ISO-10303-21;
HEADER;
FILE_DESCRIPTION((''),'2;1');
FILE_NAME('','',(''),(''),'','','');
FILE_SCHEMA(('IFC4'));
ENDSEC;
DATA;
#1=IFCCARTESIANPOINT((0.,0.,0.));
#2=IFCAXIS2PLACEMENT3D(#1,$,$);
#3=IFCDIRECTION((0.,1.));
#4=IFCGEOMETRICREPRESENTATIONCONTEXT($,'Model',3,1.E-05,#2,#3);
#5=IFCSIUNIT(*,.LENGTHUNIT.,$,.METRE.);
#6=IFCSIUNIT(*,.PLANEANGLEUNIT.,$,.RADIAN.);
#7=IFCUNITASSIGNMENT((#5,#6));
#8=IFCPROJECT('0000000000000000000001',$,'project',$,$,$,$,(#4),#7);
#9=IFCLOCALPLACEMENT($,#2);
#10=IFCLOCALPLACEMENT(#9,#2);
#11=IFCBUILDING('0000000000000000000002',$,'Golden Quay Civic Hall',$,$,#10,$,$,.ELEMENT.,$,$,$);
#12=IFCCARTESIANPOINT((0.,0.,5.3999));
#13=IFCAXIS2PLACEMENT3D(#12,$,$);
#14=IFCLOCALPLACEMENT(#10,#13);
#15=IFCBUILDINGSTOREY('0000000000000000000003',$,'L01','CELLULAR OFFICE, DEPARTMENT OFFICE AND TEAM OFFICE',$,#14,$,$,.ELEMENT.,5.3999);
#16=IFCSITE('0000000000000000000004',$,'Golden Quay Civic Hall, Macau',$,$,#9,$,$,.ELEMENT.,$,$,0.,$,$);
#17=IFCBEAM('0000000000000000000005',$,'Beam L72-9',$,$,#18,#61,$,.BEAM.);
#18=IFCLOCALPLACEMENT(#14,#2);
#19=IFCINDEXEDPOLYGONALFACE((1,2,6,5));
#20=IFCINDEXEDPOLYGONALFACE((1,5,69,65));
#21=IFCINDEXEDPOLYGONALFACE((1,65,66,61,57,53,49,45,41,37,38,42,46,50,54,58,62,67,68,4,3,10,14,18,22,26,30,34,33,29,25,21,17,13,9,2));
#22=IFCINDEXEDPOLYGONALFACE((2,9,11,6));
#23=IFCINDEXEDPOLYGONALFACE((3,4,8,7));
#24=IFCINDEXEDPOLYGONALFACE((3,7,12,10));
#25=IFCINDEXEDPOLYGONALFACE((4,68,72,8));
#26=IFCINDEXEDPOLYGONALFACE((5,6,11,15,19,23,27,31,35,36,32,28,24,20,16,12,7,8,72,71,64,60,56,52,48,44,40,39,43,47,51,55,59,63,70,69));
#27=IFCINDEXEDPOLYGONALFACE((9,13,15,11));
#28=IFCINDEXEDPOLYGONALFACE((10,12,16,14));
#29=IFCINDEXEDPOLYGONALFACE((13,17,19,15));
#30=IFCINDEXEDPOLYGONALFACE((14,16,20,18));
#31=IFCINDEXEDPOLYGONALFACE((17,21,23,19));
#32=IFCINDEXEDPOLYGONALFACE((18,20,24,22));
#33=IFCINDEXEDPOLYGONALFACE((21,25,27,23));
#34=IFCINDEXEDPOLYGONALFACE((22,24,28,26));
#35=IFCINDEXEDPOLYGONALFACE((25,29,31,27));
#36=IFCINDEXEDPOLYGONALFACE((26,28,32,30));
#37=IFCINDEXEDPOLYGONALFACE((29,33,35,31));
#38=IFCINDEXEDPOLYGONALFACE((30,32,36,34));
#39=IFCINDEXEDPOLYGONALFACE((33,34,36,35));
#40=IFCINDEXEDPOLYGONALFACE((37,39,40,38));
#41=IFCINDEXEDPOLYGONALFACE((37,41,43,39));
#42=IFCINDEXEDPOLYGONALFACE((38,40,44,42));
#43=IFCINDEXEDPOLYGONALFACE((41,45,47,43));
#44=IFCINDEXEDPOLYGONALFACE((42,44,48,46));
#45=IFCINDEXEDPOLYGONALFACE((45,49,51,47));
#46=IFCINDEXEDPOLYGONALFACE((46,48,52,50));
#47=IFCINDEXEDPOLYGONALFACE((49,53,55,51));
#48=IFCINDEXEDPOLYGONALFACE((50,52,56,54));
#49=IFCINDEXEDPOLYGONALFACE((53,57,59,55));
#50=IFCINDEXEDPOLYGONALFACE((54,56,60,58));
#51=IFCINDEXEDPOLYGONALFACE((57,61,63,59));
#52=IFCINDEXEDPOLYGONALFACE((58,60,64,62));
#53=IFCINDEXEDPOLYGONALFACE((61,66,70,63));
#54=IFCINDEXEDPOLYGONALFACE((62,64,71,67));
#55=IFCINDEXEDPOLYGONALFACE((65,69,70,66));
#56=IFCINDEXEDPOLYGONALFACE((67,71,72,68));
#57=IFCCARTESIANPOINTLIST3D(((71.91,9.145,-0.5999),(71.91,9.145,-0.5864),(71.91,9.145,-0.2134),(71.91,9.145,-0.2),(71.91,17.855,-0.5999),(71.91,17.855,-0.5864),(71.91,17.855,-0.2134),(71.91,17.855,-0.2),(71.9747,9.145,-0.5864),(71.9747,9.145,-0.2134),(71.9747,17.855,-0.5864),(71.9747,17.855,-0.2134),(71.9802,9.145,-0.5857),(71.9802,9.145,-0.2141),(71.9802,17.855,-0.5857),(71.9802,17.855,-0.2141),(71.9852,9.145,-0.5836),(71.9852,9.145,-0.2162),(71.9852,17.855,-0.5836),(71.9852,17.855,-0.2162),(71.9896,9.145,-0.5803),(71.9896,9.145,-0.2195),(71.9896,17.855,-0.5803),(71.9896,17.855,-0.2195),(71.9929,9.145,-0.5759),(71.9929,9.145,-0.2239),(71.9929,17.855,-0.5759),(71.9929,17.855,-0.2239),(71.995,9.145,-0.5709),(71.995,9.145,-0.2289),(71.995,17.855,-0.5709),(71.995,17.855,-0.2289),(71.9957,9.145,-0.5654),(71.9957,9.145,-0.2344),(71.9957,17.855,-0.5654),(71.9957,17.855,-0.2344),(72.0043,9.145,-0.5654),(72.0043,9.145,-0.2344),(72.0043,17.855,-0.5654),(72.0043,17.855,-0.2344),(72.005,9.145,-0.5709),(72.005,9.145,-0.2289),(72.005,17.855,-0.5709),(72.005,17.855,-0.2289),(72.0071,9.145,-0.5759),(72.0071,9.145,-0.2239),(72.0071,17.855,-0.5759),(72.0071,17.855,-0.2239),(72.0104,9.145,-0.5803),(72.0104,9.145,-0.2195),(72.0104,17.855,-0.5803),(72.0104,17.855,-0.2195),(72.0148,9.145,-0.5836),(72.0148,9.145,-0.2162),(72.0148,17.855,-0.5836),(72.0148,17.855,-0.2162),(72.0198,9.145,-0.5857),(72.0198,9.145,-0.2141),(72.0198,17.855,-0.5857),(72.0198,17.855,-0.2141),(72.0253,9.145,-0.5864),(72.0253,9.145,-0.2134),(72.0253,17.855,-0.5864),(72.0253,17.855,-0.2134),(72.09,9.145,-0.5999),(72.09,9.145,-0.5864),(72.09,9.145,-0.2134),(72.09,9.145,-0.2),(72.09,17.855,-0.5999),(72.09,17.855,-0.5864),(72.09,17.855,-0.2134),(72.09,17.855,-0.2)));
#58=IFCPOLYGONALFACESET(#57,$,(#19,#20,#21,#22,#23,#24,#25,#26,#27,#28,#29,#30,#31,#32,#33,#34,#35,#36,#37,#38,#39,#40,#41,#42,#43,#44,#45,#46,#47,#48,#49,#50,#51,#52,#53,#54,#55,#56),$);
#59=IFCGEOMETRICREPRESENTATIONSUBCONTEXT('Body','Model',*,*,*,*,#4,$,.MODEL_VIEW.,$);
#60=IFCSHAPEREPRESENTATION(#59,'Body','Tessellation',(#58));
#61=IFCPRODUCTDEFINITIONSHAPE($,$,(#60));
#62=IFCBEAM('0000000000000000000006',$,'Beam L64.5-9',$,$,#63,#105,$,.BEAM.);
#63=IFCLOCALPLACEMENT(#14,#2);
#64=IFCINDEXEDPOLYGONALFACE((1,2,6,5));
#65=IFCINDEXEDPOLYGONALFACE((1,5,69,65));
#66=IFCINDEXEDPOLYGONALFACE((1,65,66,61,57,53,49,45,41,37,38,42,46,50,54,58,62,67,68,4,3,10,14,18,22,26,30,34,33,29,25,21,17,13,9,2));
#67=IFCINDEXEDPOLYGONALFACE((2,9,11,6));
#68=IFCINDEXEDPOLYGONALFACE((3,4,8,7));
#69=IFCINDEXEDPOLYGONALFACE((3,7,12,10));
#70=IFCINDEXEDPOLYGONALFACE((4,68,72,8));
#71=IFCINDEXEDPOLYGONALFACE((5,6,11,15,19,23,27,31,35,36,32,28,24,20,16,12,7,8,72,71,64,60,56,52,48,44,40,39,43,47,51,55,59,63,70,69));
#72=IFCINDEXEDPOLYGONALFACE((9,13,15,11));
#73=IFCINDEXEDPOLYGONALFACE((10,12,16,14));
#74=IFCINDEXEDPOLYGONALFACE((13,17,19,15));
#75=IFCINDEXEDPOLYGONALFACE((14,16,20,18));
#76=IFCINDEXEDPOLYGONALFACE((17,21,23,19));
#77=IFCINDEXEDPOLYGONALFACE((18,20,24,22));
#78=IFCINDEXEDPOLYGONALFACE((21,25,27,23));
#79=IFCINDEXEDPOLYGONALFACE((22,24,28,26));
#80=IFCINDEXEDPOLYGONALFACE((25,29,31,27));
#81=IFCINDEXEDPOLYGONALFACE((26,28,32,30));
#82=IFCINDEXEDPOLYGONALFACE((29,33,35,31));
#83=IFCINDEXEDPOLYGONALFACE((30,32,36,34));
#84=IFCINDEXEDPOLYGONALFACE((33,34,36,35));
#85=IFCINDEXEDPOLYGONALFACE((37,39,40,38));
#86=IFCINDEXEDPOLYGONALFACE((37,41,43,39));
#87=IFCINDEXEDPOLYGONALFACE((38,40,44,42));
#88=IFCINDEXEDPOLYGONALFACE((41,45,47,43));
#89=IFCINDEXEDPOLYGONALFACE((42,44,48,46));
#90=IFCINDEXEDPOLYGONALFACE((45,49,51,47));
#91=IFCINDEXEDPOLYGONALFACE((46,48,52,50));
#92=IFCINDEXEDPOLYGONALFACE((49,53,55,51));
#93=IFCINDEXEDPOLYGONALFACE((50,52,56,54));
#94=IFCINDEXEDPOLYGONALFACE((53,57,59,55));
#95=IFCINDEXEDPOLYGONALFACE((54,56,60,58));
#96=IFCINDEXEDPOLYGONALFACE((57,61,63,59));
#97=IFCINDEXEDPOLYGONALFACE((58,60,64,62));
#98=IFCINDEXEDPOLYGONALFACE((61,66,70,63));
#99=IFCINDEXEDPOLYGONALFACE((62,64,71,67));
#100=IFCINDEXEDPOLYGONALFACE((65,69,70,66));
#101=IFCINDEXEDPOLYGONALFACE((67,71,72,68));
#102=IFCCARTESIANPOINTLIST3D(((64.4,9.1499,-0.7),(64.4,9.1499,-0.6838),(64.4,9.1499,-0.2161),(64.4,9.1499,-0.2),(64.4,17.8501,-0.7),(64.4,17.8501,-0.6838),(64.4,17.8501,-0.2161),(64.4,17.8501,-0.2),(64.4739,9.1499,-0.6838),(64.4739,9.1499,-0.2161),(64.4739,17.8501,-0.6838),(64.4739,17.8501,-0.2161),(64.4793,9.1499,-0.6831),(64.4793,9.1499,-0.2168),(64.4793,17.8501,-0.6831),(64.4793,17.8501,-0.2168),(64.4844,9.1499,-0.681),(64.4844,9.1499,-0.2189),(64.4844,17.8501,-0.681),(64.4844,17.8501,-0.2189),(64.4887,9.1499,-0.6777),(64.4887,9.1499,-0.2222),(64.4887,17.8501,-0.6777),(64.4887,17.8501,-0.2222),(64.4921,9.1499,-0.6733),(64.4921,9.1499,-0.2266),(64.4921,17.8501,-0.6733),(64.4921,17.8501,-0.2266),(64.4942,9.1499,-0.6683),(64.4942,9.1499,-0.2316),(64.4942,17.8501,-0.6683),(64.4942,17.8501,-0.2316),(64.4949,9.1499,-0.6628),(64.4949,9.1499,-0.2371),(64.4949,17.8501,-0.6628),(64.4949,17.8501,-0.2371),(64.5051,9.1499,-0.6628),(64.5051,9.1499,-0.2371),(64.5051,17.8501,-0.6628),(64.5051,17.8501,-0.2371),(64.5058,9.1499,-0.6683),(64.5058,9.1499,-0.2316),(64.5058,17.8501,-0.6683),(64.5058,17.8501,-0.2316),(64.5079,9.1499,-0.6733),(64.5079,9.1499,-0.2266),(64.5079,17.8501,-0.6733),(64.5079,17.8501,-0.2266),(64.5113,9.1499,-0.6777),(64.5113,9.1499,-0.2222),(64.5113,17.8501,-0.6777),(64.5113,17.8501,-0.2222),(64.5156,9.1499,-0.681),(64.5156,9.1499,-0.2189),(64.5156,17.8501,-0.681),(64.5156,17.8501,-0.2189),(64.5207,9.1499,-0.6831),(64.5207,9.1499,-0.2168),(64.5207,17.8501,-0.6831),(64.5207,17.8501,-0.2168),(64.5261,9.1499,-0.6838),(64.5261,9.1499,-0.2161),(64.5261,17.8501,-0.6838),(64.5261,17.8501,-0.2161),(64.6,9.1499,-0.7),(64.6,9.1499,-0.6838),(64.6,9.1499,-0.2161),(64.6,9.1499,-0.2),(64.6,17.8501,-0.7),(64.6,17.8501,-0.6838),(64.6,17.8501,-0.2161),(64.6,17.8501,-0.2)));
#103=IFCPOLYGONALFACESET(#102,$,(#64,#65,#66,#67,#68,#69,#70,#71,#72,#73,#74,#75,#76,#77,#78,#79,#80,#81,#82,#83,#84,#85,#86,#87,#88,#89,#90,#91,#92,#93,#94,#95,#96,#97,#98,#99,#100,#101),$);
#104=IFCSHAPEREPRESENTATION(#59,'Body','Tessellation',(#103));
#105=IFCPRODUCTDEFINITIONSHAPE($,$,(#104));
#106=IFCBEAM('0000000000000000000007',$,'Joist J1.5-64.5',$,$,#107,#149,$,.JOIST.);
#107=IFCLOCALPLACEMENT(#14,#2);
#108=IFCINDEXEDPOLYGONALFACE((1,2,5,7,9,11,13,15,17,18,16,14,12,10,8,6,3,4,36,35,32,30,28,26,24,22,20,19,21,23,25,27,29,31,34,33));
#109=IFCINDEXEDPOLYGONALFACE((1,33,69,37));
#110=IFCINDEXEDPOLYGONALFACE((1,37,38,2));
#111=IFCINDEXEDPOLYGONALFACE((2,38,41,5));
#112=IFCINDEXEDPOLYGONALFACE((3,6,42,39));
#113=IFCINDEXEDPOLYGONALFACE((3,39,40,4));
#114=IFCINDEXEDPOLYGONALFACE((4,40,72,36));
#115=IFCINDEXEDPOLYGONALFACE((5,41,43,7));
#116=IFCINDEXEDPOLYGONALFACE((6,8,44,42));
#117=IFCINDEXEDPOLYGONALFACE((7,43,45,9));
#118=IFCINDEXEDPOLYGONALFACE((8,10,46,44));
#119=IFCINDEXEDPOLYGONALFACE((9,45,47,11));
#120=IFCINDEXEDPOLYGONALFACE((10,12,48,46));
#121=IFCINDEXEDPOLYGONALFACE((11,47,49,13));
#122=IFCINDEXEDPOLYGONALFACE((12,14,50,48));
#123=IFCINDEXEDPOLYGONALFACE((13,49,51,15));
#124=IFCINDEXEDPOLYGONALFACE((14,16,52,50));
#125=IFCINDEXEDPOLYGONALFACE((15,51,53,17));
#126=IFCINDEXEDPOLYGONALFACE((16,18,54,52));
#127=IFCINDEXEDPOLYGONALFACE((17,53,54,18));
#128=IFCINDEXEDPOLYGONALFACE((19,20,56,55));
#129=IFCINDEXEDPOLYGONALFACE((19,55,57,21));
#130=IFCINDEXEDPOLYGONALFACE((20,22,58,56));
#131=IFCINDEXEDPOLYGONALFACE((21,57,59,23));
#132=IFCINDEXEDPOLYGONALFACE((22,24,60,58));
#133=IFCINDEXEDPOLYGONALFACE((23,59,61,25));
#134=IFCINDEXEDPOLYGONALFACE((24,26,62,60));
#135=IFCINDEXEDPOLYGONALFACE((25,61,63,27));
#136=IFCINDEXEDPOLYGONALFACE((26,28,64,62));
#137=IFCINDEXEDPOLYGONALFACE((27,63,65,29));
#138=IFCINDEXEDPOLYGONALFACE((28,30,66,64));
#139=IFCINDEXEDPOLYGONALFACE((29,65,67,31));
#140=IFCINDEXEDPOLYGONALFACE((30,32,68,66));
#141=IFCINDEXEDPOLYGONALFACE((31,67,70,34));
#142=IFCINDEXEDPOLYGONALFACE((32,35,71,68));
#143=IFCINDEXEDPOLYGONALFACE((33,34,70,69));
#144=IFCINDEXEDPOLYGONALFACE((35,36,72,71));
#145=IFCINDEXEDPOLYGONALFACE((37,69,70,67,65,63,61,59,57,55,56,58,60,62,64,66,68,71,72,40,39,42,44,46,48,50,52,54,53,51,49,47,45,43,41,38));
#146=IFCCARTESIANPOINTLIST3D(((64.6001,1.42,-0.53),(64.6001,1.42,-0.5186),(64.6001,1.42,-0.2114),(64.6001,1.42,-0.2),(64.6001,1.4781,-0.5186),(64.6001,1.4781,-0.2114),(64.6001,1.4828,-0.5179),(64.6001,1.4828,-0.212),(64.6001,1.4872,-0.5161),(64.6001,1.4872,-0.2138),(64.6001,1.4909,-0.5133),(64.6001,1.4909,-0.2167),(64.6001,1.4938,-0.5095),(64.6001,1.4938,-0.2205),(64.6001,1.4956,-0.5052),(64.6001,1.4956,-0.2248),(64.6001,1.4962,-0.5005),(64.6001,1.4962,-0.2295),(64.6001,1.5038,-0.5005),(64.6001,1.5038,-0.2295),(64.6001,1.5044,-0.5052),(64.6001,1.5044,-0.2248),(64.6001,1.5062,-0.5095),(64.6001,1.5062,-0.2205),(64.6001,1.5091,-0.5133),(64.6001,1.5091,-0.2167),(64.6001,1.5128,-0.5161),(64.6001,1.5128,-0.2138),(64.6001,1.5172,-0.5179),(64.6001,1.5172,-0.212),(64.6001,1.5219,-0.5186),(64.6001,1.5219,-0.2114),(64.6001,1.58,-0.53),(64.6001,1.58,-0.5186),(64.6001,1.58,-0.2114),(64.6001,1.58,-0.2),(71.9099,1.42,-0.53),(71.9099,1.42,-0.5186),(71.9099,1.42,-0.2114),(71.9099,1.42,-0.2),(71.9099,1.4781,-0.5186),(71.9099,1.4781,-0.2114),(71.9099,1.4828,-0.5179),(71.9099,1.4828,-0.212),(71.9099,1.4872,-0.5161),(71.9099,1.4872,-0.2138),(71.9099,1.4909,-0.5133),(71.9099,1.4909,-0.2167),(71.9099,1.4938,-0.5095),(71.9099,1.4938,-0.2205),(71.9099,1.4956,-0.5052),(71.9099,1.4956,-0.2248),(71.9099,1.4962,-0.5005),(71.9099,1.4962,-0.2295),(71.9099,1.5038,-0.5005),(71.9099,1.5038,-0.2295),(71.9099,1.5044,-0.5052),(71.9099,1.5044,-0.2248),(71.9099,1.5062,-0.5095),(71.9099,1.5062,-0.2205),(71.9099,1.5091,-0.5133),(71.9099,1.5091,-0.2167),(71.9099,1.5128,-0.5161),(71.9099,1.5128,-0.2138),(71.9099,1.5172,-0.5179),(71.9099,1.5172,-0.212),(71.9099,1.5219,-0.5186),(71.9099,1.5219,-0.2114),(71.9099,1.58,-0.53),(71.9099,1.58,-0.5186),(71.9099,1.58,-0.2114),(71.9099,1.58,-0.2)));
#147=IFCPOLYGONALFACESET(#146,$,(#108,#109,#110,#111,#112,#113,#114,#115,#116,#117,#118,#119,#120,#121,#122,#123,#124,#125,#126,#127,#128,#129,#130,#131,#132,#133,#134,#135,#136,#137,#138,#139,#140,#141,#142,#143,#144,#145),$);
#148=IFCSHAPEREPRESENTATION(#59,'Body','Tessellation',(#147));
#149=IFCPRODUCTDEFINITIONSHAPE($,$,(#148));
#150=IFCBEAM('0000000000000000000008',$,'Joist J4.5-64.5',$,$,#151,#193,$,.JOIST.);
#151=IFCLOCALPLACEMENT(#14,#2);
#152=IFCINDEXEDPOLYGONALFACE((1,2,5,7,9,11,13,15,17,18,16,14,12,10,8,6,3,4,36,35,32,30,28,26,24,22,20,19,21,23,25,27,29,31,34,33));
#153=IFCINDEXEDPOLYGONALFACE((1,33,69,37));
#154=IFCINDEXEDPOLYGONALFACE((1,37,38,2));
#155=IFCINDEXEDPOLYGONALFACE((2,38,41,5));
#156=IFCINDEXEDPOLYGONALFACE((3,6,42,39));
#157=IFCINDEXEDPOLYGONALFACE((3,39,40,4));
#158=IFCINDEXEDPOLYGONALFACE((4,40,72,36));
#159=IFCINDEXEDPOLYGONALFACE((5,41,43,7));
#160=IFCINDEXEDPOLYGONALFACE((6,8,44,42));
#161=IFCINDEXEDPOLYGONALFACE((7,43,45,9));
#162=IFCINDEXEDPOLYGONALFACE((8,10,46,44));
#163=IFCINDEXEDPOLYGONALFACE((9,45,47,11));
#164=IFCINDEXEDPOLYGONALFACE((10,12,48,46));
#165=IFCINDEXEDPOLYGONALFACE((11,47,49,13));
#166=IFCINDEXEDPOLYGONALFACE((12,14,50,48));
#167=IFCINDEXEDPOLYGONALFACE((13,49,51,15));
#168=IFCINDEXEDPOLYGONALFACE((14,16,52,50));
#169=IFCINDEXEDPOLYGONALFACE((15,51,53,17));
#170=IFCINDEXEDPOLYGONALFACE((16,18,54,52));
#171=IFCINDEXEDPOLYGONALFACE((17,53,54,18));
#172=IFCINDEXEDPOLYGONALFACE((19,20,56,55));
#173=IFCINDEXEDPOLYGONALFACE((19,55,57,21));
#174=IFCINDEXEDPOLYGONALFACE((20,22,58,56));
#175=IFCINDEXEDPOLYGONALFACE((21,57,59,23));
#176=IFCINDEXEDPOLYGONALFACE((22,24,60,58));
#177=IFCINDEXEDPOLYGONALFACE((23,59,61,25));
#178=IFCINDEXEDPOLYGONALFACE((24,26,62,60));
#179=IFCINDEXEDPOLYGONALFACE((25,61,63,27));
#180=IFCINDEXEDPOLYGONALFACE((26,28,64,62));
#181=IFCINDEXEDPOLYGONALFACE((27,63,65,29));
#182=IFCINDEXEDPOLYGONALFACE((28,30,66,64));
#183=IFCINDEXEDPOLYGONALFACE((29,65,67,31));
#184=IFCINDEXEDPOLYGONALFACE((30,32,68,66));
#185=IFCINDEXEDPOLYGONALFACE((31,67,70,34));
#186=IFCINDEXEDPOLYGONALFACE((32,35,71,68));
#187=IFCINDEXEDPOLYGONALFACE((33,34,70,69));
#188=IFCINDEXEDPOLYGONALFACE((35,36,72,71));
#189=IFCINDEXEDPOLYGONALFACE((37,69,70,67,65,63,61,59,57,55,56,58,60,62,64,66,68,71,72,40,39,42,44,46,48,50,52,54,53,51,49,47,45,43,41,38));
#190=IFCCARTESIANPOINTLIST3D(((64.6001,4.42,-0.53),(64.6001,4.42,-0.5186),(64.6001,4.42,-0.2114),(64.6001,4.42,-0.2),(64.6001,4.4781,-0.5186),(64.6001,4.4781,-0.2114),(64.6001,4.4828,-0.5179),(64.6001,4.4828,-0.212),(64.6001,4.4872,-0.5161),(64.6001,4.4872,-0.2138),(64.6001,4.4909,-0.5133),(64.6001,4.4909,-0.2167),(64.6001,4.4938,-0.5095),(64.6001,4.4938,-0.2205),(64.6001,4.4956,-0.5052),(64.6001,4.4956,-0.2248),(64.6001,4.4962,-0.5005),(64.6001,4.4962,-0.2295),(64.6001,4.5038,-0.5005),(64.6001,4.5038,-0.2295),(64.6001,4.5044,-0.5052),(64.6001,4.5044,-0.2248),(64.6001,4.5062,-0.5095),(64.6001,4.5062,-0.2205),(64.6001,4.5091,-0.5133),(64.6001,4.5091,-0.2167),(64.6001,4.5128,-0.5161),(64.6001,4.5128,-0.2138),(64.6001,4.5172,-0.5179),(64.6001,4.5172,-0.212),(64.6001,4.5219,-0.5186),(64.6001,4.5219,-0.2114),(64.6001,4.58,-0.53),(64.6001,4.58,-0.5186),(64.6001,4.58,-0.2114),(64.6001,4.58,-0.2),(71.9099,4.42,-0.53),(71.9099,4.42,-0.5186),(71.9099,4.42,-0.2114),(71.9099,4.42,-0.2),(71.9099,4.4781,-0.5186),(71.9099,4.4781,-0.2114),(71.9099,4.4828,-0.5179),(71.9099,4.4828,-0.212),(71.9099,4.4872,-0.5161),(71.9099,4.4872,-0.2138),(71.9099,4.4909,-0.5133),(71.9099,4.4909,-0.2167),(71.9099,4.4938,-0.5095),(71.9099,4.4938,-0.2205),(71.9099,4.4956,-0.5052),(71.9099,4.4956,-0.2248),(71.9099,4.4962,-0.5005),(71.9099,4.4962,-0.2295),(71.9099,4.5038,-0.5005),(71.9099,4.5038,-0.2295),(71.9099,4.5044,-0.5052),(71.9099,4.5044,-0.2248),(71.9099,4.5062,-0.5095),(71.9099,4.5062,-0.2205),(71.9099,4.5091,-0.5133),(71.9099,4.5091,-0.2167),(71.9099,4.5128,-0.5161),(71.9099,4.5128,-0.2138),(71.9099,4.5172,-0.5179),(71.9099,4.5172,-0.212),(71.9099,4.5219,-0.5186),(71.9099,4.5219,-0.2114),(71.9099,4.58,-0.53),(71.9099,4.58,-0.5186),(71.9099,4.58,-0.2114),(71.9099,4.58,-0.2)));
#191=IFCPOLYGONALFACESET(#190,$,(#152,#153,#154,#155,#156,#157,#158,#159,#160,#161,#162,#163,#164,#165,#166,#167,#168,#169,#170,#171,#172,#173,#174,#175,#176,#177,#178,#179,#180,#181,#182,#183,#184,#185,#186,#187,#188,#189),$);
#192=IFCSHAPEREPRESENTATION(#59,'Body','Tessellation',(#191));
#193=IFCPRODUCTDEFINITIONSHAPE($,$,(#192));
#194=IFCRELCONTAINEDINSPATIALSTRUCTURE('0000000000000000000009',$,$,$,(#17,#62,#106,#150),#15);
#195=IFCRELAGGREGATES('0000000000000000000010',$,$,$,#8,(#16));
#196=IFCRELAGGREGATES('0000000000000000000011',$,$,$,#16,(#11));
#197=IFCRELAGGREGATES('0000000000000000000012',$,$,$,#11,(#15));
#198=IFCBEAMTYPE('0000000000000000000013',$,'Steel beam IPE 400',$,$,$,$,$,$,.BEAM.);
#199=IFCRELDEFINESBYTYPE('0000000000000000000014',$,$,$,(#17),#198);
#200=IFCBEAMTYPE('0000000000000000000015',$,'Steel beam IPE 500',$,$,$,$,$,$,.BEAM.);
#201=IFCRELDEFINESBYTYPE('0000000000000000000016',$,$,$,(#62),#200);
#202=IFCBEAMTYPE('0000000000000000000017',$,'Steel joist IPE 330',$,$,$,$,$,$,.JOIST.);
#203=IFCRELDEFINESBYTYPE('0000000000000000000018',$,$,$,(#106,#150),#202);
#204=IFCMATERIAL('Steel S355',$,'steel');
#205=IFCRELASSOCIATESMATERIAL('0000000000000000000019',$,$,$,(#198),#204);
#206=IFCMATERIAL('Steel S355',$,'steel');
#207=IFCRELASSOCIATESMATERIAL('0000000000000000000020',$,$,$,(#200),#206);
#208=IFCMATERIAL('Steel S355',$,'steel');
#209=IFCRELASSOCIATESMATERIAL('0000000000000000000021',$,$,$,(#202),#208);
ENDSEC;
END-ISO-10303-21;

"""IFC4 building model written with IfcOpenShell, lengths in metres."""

from ifc_helpers import new_model, si_unit, direction, frame, origin, origin_2d, place, context, subcontext, project, spatial, i_section, extrude, material, material_profile, profile_set, type_object, element, save


model = new_model("IFC4")

# Units and contexts
model_context = context("Model", 3, precision=1e-05, world=origin(), true_north=direction((0.0, 1.0)))
body_context = subcontext(model_context, "Body", "Model", "MODEL_VIEW")
ifc_project = project(units=[si_unit("LENGTHUNIT", "METRE"), si_unit("PLANEANGLEUNIT", "RADIAN")], contexts=[model_context])

# Site, building, storey
site_placement = place(None, origin())
site = spatial("IfcSite", under=ifc_project, at=site_placement, Name="Golden Quay Civic Hall, Macau", CompositionType="ELEMENT", RefElevation=0.0)
building_placement = place(site_placement, origin())
building = spatial("IfcBuilding", under=site, at=building_placement, Name="Golden Quay Civic Hall", CompositionType="ELEMENT")
storey_placement = place(building_placement, frame((0.0, 0.0, 5.3999)))
storey = spatial("IfcBuildingStorey", under=building, at=storey_placement, Name="L01", Description="CELLULAR OFFICE, DEPARTMENT OFFICE AND TEAM OFFICE", CompositionType="ELEMENT", Elevation=5.3999)

# Beams
ifc_material_1 = material(Name="Steel S355", Category="steel")
ifc_material_profile_1 = material_profile(ifc_material_1, i_section(OverallWidth=0.1799, OverallDepth=0.3999, WebThickness=0.0085, FlangeThickness=0.0134, FilletRadius=0.021, at=origin_2d()), Name="IPE 400")
ifc_profile_set_1 = profile_set([ifc_material_profile_1], Name="Steel S355")
beam_type_1 = type_object("IfcBeamType", Name="Steel beam IPE 400", PredefinedType="BEAM", material=ifc_profile_set_1)
beam_1_placement = place(storey_placement, frame((72.0, 9.145, -0.3999), z_axis=(0.0, 1.0, 0.0), x_axis=(-1.0, 0.0, 0.0)))
element("IfcBeam", 1, at=beam_1_placement, inside=storey, type_object=beam_type_1, Name="Beam L72-9", PredefinedType="BEAM", context=body_context, shape_type="SweptSolid", body=[
    extrude(i_section(OverallWidth=0.1799, OverallDepth=0.3999, WebThickness=0.0085, FlangeThickness=0.0134, FilletRadius=0.021, at=origin_2d()), origin(), (0.0, 0.0, 1.0), 8.71),
])
ifc_material_2 = material(Name="Steel S355", Category="steel")
ifc_material_profile_2 = material_profile(ifc_material_2, i_section(OverallWidth=0.2, OverallDepth=0.5, WebThickness=0.0103, FlangeThickness=0.0161, FilletRadius=0.021, at=origin_2d()), Name="IPE 500")
ifc_profile_set_2 = profile_set([ifc_material_profile_2], Name="Steel S355")
beam_type_2 = type_object("IfcBeamType", Name="Steel beam IPE 500", PredefinedType="BEAM", material=ifc_profile_set_2)
beam_2_placement = place(storey_placement, frame((64.5, 9.1499, -0.45), z_axis=(0.0, 1.0, 0.0), x_axis=(-1.0, 0.0, 0.0)))
element("IfcBeam", 2, at=beam_2_placement, inside=storey, type_object=beam_type_2, Name="Beam L64.5-9", PredefinedType="BEAM", context=body_context, shape_type="SweptSolid", body=[
    extrude(i_section(OverallWidth=0.2, OverallDepth=0.5, WebThickness=0.0103, FlangeThickness=0.0161, FilletRadius=0.021, at=origin_2d()), origin(), (0.0, 0.0, 1.0), 8.7002),
])
ifc_material_3 = material(Name="Steel S355", Category="steel")
ifc_material_profile_3 = material_profile(ifc_material_3, i_section(OverallWidth=0.1599, OverallDepth=0.3301, WebThickness=0.0076, FlangeThickness=0.0115, FilletRadius=0.0181, at=origin_2d()), Name="IPE 330")
ifc_profile_set_3 = profile_set([ifc_material_profile_3], Name="Steel S355")
beam_type_3 = type_object("IfcBeamType", Name="Steel joist IPE 330", PredefinedType="JOIST", material=ifc_profile_set_3)
for number, where, z_axis, x_axis, name in (
    (3, (64.6001, 1.5, -0.365), (1.0, 0.0, 0.0), (0.0, 1.0, 0.0), "Joist J1.5-64.5"),
    (4, (64.6001, 4.5, -0.365), (1.0, 0.0, 0.0), (0.0, 1.0, 0.0), "Joist J4.5-64.5"),
):
    element("IfcBeam", number, at=place(storey_placement, frame(where, z_axis=z_axis, x_axis=x_axis)), inside=storey, type_object=beam_type_3, Name=name, PredefinedType="JOIST", context=body_context, shape_type="SweptSolid", body=[
        extrude(i_section(OverallWidth=0.1599, OverallDepth=0.3301, WebThickness=0.0076, FlangeThickness=0.0115, FilletRadius=0.0181, at=origin_2d()), origin(), (0.0, 0.0, 1.0), 7.3098),
    ])

save(model, "model.ifc")
